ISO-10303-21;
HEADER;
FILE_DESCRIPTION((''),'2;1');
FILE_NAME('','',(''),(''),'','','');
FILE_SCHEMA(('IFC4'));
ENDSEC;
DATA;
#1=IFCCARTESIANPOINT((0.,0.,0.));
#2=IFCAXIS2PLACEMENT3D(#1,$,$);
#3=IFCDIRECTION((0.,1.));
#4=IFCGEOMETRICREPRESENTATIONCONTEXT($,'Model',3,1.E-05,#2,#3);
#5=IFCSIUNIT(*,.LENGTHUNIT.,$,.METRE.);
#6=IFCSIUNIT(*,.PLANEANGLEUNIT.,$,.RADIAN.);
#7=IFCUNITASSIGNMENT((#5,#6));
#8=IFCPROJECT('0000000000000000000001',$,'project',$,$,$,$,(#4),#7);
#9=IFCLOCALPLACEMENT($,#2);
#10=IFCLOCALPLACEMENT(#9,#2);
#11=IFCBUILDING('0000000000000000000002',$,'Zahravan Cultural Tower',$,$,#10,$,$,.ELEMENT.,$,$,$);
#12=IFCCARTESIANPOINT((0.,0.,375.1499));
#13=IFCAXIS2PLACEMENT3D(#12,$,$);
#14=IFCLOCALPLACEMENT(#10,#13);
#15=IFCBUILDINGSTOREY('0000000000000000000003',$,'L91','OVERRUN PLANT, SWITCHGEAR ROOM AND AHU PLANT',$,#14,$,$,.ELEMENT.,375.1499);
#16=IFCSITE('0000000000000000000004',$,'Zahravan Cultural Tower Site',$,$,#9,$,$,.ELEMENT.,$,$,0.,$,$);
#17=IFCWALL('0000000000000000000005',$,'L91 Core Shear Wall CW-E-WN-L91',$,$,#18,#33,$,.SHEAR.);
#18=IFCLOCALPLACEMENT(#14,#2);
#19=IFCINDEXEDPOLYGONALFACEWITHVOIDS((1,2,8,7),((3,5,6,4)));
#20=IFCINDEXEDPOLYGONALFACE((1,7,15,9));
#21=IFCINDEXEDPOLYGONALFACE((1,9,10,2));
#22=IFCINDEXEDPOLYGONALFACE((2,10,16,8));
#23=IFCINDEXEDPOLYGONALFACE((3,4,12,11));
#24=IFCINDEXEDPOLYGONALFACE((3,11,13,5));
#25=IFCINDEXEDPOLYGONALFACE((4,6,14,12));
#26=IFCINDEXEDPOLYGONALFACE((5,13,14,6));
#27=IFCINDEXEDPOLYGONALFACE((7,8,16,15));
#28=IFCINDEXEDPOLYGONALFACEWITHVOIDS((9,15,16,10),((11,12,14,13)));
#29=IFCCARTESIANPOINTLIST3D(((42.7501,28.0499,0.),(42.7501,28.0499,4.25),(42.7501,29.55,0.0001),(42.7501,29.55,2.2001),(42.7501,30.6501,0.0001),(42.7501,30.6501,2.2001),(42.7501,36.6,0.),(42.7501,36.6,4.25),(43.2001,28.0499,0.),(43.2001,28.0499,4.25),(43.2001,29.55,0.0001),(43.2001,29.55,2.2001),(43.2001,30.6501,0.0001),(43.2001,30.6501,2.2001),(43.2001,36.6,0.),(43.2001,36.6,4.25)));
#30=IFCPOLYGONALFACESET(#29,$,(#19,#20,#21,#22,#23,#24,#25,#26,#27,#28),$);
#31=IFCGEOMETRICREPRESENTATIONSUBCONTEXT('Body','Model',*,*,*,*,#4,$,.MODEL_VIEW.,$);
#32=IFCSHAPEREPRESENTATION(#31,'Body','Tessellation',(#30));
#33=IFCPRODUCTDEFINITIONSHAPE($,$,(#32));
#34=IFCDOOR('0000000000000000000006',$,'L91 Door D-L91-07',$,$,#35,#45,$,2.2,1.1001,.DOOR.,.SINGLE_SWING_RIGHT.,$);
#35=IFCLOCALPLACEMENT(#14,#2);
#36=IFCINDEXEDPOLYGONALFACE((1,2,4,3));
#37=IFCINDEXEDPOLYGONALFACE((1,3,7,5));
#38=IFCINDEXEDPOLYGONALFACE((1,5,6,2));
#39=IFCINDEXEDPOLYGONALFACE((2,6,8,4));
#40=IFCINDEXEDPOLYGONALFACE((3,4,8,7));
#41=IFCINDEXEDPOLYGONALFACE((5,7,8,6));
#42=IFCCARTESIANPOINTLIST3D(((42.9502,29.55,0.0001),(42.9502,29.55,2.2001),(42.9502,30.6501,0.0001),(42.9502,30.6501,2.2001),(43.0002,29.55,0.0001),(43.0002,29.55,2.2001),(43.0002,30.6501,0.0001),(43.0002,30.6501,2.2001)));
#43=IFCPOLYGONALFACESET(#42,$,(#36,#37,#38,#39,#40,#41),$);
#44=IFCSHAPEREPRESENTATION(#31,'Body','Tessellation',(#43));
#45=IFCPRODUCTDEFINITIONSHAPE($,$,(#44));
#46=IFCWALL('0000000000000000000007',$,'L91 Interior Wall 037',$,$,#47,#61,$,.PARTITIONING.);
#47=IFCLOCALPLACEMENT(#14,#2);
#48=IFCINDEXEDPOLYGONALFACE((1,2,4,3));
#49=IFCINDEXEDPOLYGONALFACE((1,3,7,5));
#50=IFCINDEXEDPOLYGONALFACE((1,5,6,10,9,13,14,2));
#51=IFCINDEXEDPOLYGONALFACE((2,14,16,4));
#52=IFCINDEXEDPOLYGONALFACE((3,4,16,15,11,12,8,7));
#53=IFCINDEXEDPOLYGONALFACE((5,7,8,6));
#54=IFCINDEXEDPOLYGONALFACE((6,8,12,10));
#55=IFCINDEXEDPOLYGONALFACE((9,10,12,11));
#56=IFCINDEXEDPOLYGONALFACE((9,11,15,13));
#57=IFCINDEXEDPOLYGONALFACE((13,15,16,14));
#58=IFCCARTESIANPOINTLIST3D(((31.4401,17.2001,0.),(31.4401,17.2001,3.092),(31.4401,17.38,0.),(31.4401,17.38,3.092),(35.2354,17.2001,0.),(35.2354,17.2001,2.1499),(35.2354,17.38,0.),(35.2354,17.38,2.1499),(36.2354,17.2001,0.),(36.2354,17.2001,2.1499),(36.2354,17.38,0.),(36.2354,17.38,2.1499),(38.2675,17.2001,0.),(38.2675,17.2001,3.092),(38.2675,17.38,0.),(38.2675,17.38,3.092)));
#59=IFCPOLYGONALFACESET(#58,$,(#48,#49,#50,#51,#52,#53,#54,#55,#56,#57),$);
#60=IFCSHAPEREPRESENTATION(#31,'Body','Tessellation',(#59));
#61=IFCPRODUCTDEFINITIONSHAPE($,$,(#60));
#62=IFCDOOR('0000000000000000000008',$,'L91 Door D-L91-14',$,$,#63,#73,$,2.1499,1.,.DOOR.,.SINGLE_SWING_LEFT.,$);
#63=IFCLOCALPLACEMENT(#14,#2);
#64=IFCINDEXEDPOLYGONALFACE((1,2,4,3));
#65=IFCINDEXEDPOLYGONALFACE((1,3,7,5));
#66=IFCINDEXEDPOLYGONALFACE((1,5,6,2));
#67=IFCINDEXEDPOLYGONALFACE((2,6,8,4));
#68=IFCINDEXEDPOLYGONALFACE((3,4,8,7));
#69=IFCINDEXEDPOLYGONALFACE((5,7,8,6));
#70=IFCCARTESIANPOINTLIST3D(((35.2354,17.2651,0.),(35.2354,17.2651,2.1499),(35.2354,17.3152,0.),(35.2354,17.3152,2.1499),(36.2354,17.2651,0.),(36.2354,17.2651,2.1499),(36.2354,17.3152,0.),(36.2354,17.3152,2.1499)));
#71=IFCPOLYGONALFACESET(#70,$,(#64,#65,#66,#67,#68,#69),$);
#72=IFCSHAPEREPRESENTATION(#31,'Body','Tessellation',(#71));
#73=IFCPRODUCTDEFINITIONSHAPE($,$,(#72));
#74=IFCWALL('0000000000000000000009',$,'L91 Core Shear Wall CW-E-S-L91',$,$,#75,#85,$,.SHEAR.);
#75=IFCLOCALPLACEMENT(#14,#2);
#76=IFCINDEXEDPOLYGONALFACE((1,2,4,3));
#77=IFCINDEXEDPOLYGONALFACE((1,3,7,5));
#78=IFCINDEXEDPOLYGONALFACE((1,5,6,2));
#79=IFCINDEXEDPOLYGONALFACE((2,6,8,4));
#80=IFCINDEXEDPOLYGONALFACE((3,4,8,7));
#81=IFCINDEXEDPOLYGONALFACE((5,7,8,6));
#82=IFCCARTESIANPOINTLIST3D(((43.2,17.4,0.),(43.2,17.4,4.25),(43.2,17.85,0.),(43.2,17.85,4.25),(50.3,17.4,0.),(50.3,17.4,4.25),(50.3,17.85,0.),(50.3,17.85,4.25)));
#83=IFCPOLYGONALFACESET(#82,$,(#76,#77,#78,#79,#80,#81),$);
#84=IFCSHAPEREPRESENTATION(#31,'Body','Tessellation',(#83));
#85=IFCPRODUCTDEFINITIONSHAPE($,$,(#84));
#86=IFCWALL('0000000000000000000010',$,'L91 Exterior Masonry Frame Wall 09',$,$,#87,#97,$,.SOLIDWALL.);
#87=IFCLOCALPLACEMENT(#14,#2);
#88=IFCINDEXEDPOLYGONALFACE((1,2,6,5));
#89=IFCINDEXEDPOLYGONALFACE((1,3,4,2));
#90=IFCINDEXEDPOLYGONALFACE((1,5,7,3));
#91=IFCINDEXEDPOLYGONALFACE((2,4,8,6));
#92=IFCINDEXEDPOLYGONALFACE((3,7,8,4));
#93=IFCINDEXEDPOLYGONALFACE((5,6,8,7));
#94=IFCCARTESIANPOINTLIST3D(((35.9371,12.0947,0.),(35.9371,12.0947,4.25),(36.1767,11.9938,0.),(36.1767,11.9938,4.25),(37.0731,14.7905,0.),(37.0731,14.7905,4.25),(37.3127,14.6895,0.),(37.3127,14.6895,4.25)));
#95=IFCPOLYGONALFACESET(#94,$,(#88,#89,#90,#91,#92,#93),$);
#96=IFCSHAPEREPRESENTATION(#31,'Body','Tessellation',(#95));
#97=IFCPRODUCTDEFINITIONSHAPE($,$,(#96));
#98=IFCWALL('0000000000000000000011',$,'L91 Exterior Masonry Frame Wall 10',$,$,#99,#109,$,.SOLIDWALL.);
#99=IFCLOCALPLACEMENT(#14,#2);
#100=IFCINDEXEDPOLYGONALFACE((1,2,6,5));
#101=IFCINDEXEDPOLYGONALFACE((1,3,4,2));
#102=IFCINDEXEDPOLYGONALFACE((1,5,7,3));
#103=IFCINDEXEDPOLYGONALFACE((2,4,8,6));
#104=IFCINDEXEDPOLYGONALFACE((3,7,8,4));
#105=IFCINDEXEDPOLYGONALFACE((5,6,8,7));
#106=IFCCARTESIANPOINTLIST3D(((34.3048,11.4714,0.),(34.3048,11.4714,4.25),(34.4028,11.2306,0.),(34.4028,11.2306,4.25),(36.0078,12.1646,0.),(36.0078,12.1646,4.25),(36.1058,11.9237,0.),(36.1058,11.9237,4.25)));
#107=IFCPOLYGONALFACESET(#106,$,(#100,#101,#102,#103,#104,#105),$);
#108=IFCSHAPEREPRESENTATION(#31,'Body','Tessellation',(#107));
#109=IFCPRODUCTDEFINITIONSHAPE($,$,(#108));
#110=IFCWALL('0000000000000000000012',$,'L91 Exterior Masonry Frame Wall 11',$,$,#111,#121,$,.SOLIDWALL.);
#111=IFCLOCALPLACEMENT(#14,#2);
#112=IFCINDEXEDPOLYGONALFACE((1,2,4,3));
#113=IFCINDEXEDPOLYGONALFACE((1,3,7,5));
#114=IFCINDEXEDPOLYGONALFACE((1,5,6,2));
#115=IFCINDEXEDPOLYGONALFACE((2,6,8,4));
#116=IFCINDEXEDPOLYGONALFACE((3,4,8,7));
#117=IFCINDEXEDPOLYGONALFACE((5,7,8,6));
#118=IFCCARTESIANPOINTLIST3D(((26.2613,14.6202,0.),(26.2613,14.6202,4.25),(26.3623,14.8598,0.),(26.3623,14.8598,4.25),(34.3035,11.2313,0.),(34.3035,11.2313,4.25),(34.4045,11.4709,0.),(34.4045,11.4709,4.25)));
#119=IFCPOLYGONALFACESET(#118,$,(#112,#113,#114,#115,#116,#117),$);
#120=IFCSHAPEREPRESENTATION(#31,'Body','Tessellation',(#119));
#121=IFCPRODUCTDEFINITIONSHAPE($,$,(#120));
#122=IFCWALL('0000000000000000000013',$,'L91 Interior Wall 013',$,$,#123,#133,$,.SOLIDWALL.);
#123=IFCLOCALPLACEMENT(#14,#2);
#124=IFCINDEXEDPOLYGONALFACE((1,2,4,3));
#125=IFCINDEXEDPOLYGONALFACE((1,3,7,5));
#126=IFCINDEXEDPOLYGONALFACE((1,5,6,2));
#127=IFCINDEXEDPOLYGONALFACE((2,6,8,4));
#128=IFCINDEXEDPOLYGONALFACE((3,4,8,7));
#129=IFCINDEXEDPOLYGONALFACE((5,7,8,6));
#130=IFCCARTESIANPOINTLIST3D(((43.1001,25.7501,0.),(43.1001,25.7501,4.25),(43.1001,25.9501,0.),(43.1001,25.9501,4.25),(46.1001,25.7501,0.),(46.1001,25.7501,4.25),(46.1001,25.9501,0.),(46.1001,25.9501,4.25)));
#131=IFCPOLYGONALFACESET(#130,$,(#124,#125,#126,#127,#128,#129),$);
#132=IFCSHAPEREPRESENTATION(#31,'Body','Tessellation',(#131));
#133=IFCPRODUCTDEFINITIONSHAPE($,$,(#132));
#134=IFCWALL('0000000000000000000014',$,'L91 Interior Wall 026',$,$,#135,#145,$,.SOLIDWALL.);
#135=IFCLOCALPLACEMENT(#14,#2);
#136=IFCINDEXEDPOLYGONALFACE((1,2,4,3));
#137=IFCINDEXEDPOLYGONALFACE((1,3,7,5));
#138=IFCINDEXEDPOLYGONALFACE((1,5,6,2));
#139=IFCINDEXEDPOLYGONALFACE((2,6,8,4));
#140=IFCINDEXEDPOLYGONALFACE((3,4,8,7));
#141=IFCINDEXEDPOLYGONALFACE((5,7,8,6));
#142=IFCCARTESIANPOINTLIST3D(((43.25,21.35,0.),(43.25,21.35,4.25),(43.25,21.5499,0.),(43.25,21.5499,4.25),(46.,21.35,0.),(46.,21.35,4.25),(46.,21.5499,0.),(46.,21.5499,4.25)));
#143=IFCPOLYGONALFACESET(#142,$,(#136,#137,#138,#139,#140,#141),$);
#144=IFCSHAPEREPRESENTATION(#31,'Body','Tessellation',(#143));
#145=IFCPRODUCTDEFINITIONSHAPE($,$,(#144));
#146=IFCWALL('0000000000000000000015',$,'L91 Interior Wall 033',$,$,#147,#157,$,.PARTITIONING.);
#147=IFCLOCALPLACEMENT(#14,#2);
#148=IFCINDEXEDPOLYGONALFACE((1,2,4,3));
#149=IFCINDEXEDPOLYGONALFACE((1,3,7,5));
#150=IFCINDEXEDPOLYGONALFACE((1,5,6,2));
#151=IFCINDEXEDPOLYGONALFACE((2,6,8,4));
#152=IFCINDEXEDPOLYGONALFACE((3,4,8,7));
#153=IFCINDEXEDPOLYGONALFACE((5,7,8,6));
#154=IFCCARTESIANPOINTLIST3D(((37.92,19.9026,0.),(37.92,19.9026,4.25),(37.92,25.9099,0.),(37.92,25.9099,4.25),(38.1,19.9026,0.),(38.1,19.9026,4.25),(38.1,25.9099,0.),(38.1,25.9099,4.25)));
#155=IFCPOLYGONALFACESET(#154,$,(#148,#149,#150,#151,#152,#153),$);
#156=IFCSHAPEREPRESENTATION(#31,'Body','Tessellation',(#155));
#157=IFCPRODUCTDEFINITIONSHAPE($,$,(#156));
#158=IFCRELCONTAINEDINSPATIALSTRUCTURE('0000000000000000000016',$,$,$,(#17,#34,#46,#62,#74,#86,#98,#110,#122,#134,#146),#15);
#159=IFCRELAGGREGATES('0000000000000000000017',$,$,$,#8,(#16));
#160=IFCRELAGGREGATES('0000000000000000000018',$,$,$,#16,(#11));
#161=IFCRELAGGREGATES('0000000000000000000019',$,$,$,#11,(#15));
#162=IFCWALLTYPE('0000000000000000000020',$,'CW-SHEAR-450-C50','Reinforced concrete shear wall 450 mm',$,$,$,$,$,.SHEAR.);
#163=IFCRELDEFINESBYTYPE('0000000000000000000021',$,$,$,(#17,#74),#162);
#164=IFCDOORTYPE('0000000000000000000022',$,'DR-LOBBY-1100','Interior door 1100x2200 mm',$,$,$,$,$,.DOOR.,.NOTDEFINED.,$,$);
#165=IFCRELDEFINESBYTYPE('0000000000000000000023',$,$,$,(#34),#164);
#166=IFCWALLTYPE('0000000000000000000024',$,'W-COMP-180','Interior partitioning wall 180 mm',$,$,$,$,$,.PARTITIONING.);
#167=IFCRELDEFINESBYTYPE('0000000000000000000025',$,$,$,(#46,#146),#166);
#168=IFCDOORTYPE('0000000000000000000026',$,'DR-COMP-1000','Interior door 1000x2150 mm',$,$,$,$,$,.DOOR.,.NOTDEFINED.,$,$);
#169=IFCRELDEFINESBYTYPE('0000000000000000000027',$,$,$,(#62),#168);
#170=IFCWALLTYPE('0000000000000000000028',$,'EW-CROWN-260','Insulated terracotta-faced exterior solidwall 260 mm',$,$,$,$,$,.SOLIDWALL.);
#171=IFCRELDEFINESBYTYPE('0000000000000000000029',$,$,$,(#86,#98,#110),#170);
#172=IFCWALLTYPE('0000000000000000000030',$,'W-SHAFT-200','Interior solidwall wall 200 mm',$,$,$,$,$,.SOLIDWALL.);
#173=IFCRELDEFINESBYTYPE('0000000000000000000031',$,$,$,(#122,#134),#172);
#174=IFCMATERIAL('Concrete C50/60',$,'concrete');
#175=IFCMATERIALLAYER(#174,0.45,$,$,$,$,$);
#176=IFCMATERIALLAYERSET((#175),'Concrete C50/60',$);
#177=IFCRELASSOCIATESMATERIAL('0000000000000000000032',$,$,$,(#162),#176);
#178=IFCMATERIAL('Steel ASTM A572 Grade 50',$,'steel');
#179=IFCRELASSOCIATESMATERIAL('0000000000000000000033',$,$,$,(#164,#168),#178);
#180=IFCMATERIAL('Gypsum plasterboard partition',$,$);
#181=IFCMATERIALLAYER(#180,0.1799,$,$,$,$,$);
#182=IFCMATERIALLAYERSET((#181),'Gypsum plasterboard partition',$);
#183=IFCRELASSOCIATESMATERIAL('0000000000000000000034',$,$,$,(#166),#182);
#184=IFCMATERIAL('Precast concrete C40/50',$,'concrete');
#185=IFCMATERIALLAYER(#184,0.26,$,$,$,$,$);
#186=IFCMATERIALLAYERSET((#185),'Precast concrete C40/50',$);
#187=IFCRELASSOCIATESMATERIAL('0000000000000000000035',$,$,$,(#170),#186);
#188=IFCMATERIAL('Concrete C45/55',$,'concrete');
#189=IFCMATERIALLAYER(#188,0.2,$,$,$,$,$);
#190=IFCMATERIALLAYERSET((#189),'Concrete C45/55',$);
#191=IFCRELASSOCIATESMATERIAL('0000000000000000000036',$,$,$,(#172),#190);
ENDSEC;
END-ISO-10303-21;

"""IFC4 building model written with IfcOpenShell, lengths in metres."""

from ifc_helpers import new_model, si_unit, direction, frame, frame_2d, origin, place, context, subcontext, project, spatial, rectangle, extrude, source, transform, mapped, material, layer, layer_set, type_object, element, fill, save


model = new_model("IFC4")

# Units and contexts
model_context = context("Model", 3, precision=1e-05, world=origin(), true_north=direction((0.0, 1.0)))
body_context = subcontext(model_context, "Body", "Model", "MODEL_VIEW")
ifc_project = project(units=[si_unit("LENGTHUNIT", "METRE"), si_unit("PLANEANGLEUNIT", "RADIAN")], contexts=[model_context])

# Site, building, storey
site_placement = place(None, origin())
site = spatial("IfcSite", under=ifc_project, at=site_placement, Name="Zahravan Cultural Tower Site", CompositionType="ELEMENT", RefElevation=0.0)
building_placement = place(site_placement, origin())
building = spatial("IfcBuilding", under=site, at=building_placement, Name="Zahravan Cultural Tower", CompositionType="ELEMENT")
storey_placement = place(building_placement, frame((0.0, 0.0, 375.1499)))
storey = spatial("IfcBuildingStorey", under=building, at=storey_placement, Name="L91", Description="OVERRUN PLANT, SWITCHGEAR ROOM AND AHU PLANT", CompositionType="ELEMENT", Elevation=375.1499)

# Shared definitions
ifc_material_1 = material(Name="Concrete C45/55", Category="concrete")

# Shared definitions
ifc_material_2 = material(Name="Concrete C50/60", Category="concrete")

# Shared definitions
ifc_layer_1 = layer(ifc_material_2, 0.45)
ifc_layer_set_1 = layer_set([ifc_layer_1], Name="Concrete C50/60")
wall_type_1 = type_object("IfcWallType", Name="CW-SHEAR-450-C50", Description="Reinforced concrete shear wall 450 mm", PredefinedType="SHEAR", material=ifc_layer_set_1)
ifc_material_3 = material(Name="Steel ASTM A572 Grade 50", Category="steel")
door_type_1 = type_object("IfcDoorType", Name="DR-LOBBY-1100", Description="Interior door 1100x2200 mm", OperationType="NOTDEFINED", PredefinedType="DOOR", material=ifc_material_3)
shared_shape_1 = source(origin(), body_context, "Body", "SweptSolid", [
    extrude(rectangle(XDim=1.1001, YDim=2.2, at=frame_2d((0.55, 1.1001))), frame((0.0, 0.0249, 0.0), z_axis=(0.0, -1.0, 0.0), x_axis=(1.0, 0.0, 0.0)), (0.0, 0.0, 1.0), 0.05),
])

# Walls, openings, doors
wall_1_placement = place(storey_placement, frame((42.9751, 28.05, 0.0), z_axis=(0.0, 0.0, 1.0), x_axis=(0.0, 1.0, 0.0)))
wall_1 = element("IfcWall", 1, at=wall_1_placement, inside=storey, type_object=wall_type_1, Name="L91 Core Shear Wall CW-E-WN-L91", PredefinedType="SHEAR", context=body_context, shape_type="SweptSolid", body=[
    extrude(rectangle(XDim=8.55, YDim=0.45, at=frame_2d((4.2749, 0.0))), origin(), (0.0, 0.0, 1.0), 4.25),
])
opening_1_placement = place(wall_1_placement, frame((1.5, 0.0, 0.0)))
opening_1 = element("IfcOpeningElement", 2, at=opening_1_placement, cuts=wall_1, PredefinedType="OPENING", context=body_context, shape_type="SweptSolid", body=[
    extrude(rectangle(XDim=1.1001, YDim=2.2, at=frame_2d((0.55, 1.1001))), frame((0.0, 0.2349, 0.0), z_axis=(0.0, -1.0, 0.0), x_axis=(1.0, 0.0, 0.0)), (0.0, 0.0, 1.0), 0.47),
])
door_1_placement = place(opening_1_placement, origin())
door_1 = element("IfcDoor", 3, at=door_1_placement, inside=storey, type_object=door_type_1, Name="L91 Door D-L91-07", OperationType="SINGLE_SWING_RIGHT", OverallHeight=2.2, OverallWidth=1.1001, PredefinedType="DOOR", context=body_context, shape_type="MappedRepresentation", body=[
    mapped(shared_shape_1, transform((0.0, 0.0, 0.0), x_axis=(1.0, 0.0, 0.0), y_axis=(0.0, 1.0, 0.0), z_axis=(0.0, 0.0, 1.0), scale=1.0)),
])
fill(opening_1, door_1)
ifc_material_4 = material(Name="Gypsum plasterboard partition")
ifc_layer_2 = layer(ifc_material_4, 0.1799)
ifc_layer_set_2 = layer_set([ifc_layer_2], Name="Gypsum plasterboard partition")
wall_type_2 = type_object("IfcWallType", Name="W-COMP-180", Description="Interior partitioning wall 180 mm", PredefinedType="PARTITIONING", material=ifc_layer_set_2)
wall_2_placement = place(storey_placement, frame((38.2673, 17.29, 0.0), z_axis=(0.0, 0.0, 1.0), x_axis=(-1.0, 0.0, 0.0)))
wall_2 = element("IfcWall", 4, at=wall_2_placement, inside=storey, type_object=wall_type_2, Name="L91 Interior Wall 037", PredefinedType="PARTITIONING", context=body_context, shape_type="SweptSolid", body=[
    extrude(rectangle(XDim=6.8274, YDim=0.1799, at=frame_2d((3.4136, 0.0))), origin(), (0.0, 0.0, 1.0), 3.092),
])
opening_2_placement = place(wall_2_placement, frame((2.032, 0.0, 0.0)))
opening_2 = element("IfcOpeningElement", 5, at=opening_2_placement, cuts=wall_2, PredefinedType="OPENING", context=body_context, shape_type="SweptSolid", body=[
    extrude(rectangle(XDim=1.0, YDim=2.1499, at=frame_2d((0.5, 1.075))), frame((0.0, 0.0999, 0.0), z_axis=(0.0, -1.0, 0.0), x_axis=(1.0, 0.0, 0.0)), (0.0, 0.0, 1.0), 0.2),
])
door_type_2 = type_object("IfcDoorType", Name="DR-COMP-1000", Description="Interior door 1000x2150 mm", OperationType="NOTDEFINED", PredefinedType="DOOR", material=ifc_material_3)
shared_shape_2 = source(origin(), body_context, "Body", "SweptSolid", [
    extrude(rectangle(XDim=1.0, YDim=2.1499, at=frame_2d((0.5, 1.075))), frame((0.0, 0.0249, 0.0), z_axis=(0.0, -1.0, 0.0), x_axis=(1.0, 0.0, 0.0)), (0.0, 0.0, 1.0), 0.05),
])
door_2_placement = place(opening_2_placement, origin())
door_2 = element("IfcDoor", 6, at=door_2_placement, inside=storey, type_object=door_type_2, Name="L91 Door D-L91-14", OperationType="SINGLE_SWING_LEFT", OverallHeight=2.1499, OverallWidth=1.0, PredefinedType="DOOR", context=body_context, shape_type="MappedRepresentation", body=[
    mapped(shared_shape_2, transform((0.0, 0.0, 0.0), x_axis=(1.0, 0.0, 0.0), y_axis=(0.0, 1.0, 0.0), z_axis=(0.0, 0.0, 1.0), scale=1.0)),
])
fill(opening_2, door_2)

# Walls
shared_shape_3 = source(origin(), body_context, "Body", "SweptSolid", [
    extrude(rectangle(XDim=7.1001, YDim=0.45, at=frame_2d((3.55, 0.0))), origin(), (0.0, 0.0, 1.0), 4.25),
])
wall_3_placement = place(storey_placement, frame((43.2, 17.625, 0.0), z_axis=(0.0, 0.0, 1.0), x_axis=(1.0, 0.0, 0.0)))
element("IfcWall", 7, at=wall_3_placement, inside=storey, type_object=wall_type_1, Name="L91 Core Shear Wall CW-E-S-L91", PredefinedType="SHEAR", context=body_context, shape_type="MappedRepresentation", body=[
    mapped(shared_shape_3, transform((0.0, 0.0, 0.0), x_axis=(1.0, 0.0, 0.0), y_axis=(0.0, 1.0, 0.0), z_axis=(0.0, 0.0, 1.0), scale=1.0)),
])
ifc_material_5 = material(Name="Precast concrete C40/50", Category="concrete")
ifc_layer_3 = layer(ifc_material_5, 0.26)
ifc_layer_set_3 = layer_set([ifc_layer_3], Name="Precast concrete C40/50")
wall_type_3 = type_object("IfcWallType", Name="EW-CROWN-260", Description="Insulated terracotta-faced exterior solidwall 260 mm", PredefinedType="SOLIDWALL", material=ifc_layer_set_3)
shared_shape_4 = source(origin(), body_context, "Body", "SweptSolid", [
    extrude(rectangle(XDim=2.9253, YDim=0.26, at=frame_2d((1.4626, 0.0))), origin(), (0.0, 0.0, 1.0), 4.25),
])
wall_4_placement = place(storey_placement, frame((37.1929, 14.74, 0.0), z_axis=(0.0, 0.0, 1.0), x_axis=(-0.388322, -0.921524, 0.0)))
element("IfcWall", 8, at=wall_4_placement, inside=storey, type_object=wall_type_3, Name="L91 Exterior Masonry Frame Wall 09", PredefinedType="SOLIDWALL", context=body_context, shape_type="MappedRepresentation", body=[
    mapped(shared_shape_4, transform((0.0, 0.0, 0.0), x_axis=(1.0, 0.0, 0.0), y_axis=(0.0, 1.0, 0.0), z_axis=(0.0, 0.0, 1.0), scale=1.0)),
])
shared_shape_5 = source(origin(), body_context, "Body", "SweptSolid", [
    extrude(rectangle(XDim=1.8386, YDim=0.26, at=frame_2d((0.9194, 0.0))), origin(), (0.0, 0.0, 1.0), 4.25),
])
wall_5_placement = place(storey_placement, frame((36.0569, 12.0442, 0.0), z_axis=(0.0, 0.0, 1.0), x_axis=(-0.926216, -0.376993, 0.0)))
element("IfcWall", 9, at=wall_5_placement, inside=storey, type_object=wall_type_3, Name="L91 Exterior Masonry Frame Wall 10", PredefinedType="SOLIDWALL", context=body_context, shape_type="MappedRepresentation", body=[
    mapped(shared_shape_5, transform((0.0, 0.0, 0.0), x_axis=(1.0, 0.0, 0.0), y_axis=(0.0, 1.0, 0.0), z_axis=(0.0, 0.0, 1.0), scale=1.0)),
])
shared_shape_6 = source(origin(), body_context, "Body", "SweptSolid", [
    extrude(rectangle(XDim=8.7271, YDim=0.26, at=frame_2d((4.3635, 0.0))), origin(), (0.0, 0.0, 1.0), 4.25),
])
wall_6_placement = place(storey_placement, frame((34.354, 11.3511, 0.0), z_axis=(0.0, 0.0, 1.0), x_axis=(-0.921524, 0.388321, 0.0)))
element("IfcWall", 10, at=wall_6_placement, inside=storey, type_object=wall_type_3, Name="L91 Exterior Masonry Frame Wall 11", PredefinedType="SOLIDWALL", context=body_context, shape_type="MappedRepresentation", body=[
    mapped(shared_shape_6, transform((0.0, 0.0, 0.0), x_axis=(1.0, 0.0, 0.0), y_axis=(0.0, 1.0, 0.0), z_axis=(0.0, 0.0, 1.0), scale=1.0)),
])
ifc_layer_4 = layer(ifc_material_1, 0.2)
ifc_layer_set_4 = layer_set([ifc_layer_4], Name="Concrete C45/55")
wall_type_4 = type_object("IfcWallType", Name="W-SHAFT-200", Description="Interior solidwall wall 200 mm", PredefinedType="SOLIDWALL", material=ifc_layer_set_4)
shared_shape_7 = source(origin(), body_context, "Body", "SweptSolid", [
    extrude(rectangle(XDim=3.0, YDim=0.2, at=frame_2d((1.5, 0.0))), origin(), (0.0, 0.0, 1.0), 4.25),
])
wall_7_placement = place(storey_placement, frame((43.1001, 25.8501, 0.0), z_axis=(0.0, 0.0, 1.0), x_axis=(1.0, 0.0, 0.0)))
element("IfcWall", 11, at=wall_7_placement, inside=storey, type_object=wall_type_4, Name="L91 Interior Wall 013", PredefinedType="SOLIDWALL", context=body_context, shape_type="MappedRepresentation", body=[
    mapped(shared_shape_7, transform((0.0, 0.0, 0.0), x_axis=(1.0, 0.0, 0.0), y_axis=(0.0, 1.0, 0.0), z_axis=(0.0, 0.0, 1.0), scale=1.0)),
])
shared_shape_8 = source(origin(), body_context, "Body", "SweptSolid", [
    extrude(rectangle(XDim=2.75, YDim=0.2, at=frame_2d((1.375, 0.0))), origin(), (0.0, 0.0, 1.0), 4.25),
])
wall_8_placement = place(storey_placement, frame((43.25, 21.45, 0.0), z_axis=(0.0, 0.0, 1.0), x_axis=(1.0, 0.0, 0.0)))
element("IfcWall", 12, at=wall_8_placement, inside=storey, type_object=wall_type_4, Name="L91 Interior Wall 026", PredefinedType="SOLIDWALL", context=body_context, shape_type="MappedRepresentation", body=[
    mapped(shared_shape_8, transform((0.0, 0.0, 0.0), x_axis=(1.0, 0.0, 0.0), y_axis=(0.0, 1.0, 0.0), z_axis=(0.0, 0.0, 1.0), scale=1.0)),
])
shared_shape_9 = source(origin(), body_context, "Body", "SweptSolid", [
    extrude(rectangle(XDim=6.0073, YDim=0.1799, at=frame_2d((3.0037, 0.0))), origin(), (0.0, 0.0, 1.0), 4.25),
])
wall_9_placement = place(storey_placement, frame((38.01, 25.9099, 0.0), z_axis=(0.0, 0.0, 1.0), x_axis=(0.0, -1.0, 0.0)))
element("IfcWall", 13, at=wall_9_placement, inside=storey, type_object=wall_type_2, Name="L91 Interior Wall 033", PredefinedType="PARTITIONING", context=body_context, shape_type="MappedRepresentation", body=[
    mapped(shared_shape_9, transform((0.0, 0.0, 0.0), x_axis=(1.0, 0.0, 0.0), y_axis=(0.0, 1.0, 0.0), z_axis=(0.0, 0.0, 1.0), scale=1.0)),
])

save(model, "model.ifc")
